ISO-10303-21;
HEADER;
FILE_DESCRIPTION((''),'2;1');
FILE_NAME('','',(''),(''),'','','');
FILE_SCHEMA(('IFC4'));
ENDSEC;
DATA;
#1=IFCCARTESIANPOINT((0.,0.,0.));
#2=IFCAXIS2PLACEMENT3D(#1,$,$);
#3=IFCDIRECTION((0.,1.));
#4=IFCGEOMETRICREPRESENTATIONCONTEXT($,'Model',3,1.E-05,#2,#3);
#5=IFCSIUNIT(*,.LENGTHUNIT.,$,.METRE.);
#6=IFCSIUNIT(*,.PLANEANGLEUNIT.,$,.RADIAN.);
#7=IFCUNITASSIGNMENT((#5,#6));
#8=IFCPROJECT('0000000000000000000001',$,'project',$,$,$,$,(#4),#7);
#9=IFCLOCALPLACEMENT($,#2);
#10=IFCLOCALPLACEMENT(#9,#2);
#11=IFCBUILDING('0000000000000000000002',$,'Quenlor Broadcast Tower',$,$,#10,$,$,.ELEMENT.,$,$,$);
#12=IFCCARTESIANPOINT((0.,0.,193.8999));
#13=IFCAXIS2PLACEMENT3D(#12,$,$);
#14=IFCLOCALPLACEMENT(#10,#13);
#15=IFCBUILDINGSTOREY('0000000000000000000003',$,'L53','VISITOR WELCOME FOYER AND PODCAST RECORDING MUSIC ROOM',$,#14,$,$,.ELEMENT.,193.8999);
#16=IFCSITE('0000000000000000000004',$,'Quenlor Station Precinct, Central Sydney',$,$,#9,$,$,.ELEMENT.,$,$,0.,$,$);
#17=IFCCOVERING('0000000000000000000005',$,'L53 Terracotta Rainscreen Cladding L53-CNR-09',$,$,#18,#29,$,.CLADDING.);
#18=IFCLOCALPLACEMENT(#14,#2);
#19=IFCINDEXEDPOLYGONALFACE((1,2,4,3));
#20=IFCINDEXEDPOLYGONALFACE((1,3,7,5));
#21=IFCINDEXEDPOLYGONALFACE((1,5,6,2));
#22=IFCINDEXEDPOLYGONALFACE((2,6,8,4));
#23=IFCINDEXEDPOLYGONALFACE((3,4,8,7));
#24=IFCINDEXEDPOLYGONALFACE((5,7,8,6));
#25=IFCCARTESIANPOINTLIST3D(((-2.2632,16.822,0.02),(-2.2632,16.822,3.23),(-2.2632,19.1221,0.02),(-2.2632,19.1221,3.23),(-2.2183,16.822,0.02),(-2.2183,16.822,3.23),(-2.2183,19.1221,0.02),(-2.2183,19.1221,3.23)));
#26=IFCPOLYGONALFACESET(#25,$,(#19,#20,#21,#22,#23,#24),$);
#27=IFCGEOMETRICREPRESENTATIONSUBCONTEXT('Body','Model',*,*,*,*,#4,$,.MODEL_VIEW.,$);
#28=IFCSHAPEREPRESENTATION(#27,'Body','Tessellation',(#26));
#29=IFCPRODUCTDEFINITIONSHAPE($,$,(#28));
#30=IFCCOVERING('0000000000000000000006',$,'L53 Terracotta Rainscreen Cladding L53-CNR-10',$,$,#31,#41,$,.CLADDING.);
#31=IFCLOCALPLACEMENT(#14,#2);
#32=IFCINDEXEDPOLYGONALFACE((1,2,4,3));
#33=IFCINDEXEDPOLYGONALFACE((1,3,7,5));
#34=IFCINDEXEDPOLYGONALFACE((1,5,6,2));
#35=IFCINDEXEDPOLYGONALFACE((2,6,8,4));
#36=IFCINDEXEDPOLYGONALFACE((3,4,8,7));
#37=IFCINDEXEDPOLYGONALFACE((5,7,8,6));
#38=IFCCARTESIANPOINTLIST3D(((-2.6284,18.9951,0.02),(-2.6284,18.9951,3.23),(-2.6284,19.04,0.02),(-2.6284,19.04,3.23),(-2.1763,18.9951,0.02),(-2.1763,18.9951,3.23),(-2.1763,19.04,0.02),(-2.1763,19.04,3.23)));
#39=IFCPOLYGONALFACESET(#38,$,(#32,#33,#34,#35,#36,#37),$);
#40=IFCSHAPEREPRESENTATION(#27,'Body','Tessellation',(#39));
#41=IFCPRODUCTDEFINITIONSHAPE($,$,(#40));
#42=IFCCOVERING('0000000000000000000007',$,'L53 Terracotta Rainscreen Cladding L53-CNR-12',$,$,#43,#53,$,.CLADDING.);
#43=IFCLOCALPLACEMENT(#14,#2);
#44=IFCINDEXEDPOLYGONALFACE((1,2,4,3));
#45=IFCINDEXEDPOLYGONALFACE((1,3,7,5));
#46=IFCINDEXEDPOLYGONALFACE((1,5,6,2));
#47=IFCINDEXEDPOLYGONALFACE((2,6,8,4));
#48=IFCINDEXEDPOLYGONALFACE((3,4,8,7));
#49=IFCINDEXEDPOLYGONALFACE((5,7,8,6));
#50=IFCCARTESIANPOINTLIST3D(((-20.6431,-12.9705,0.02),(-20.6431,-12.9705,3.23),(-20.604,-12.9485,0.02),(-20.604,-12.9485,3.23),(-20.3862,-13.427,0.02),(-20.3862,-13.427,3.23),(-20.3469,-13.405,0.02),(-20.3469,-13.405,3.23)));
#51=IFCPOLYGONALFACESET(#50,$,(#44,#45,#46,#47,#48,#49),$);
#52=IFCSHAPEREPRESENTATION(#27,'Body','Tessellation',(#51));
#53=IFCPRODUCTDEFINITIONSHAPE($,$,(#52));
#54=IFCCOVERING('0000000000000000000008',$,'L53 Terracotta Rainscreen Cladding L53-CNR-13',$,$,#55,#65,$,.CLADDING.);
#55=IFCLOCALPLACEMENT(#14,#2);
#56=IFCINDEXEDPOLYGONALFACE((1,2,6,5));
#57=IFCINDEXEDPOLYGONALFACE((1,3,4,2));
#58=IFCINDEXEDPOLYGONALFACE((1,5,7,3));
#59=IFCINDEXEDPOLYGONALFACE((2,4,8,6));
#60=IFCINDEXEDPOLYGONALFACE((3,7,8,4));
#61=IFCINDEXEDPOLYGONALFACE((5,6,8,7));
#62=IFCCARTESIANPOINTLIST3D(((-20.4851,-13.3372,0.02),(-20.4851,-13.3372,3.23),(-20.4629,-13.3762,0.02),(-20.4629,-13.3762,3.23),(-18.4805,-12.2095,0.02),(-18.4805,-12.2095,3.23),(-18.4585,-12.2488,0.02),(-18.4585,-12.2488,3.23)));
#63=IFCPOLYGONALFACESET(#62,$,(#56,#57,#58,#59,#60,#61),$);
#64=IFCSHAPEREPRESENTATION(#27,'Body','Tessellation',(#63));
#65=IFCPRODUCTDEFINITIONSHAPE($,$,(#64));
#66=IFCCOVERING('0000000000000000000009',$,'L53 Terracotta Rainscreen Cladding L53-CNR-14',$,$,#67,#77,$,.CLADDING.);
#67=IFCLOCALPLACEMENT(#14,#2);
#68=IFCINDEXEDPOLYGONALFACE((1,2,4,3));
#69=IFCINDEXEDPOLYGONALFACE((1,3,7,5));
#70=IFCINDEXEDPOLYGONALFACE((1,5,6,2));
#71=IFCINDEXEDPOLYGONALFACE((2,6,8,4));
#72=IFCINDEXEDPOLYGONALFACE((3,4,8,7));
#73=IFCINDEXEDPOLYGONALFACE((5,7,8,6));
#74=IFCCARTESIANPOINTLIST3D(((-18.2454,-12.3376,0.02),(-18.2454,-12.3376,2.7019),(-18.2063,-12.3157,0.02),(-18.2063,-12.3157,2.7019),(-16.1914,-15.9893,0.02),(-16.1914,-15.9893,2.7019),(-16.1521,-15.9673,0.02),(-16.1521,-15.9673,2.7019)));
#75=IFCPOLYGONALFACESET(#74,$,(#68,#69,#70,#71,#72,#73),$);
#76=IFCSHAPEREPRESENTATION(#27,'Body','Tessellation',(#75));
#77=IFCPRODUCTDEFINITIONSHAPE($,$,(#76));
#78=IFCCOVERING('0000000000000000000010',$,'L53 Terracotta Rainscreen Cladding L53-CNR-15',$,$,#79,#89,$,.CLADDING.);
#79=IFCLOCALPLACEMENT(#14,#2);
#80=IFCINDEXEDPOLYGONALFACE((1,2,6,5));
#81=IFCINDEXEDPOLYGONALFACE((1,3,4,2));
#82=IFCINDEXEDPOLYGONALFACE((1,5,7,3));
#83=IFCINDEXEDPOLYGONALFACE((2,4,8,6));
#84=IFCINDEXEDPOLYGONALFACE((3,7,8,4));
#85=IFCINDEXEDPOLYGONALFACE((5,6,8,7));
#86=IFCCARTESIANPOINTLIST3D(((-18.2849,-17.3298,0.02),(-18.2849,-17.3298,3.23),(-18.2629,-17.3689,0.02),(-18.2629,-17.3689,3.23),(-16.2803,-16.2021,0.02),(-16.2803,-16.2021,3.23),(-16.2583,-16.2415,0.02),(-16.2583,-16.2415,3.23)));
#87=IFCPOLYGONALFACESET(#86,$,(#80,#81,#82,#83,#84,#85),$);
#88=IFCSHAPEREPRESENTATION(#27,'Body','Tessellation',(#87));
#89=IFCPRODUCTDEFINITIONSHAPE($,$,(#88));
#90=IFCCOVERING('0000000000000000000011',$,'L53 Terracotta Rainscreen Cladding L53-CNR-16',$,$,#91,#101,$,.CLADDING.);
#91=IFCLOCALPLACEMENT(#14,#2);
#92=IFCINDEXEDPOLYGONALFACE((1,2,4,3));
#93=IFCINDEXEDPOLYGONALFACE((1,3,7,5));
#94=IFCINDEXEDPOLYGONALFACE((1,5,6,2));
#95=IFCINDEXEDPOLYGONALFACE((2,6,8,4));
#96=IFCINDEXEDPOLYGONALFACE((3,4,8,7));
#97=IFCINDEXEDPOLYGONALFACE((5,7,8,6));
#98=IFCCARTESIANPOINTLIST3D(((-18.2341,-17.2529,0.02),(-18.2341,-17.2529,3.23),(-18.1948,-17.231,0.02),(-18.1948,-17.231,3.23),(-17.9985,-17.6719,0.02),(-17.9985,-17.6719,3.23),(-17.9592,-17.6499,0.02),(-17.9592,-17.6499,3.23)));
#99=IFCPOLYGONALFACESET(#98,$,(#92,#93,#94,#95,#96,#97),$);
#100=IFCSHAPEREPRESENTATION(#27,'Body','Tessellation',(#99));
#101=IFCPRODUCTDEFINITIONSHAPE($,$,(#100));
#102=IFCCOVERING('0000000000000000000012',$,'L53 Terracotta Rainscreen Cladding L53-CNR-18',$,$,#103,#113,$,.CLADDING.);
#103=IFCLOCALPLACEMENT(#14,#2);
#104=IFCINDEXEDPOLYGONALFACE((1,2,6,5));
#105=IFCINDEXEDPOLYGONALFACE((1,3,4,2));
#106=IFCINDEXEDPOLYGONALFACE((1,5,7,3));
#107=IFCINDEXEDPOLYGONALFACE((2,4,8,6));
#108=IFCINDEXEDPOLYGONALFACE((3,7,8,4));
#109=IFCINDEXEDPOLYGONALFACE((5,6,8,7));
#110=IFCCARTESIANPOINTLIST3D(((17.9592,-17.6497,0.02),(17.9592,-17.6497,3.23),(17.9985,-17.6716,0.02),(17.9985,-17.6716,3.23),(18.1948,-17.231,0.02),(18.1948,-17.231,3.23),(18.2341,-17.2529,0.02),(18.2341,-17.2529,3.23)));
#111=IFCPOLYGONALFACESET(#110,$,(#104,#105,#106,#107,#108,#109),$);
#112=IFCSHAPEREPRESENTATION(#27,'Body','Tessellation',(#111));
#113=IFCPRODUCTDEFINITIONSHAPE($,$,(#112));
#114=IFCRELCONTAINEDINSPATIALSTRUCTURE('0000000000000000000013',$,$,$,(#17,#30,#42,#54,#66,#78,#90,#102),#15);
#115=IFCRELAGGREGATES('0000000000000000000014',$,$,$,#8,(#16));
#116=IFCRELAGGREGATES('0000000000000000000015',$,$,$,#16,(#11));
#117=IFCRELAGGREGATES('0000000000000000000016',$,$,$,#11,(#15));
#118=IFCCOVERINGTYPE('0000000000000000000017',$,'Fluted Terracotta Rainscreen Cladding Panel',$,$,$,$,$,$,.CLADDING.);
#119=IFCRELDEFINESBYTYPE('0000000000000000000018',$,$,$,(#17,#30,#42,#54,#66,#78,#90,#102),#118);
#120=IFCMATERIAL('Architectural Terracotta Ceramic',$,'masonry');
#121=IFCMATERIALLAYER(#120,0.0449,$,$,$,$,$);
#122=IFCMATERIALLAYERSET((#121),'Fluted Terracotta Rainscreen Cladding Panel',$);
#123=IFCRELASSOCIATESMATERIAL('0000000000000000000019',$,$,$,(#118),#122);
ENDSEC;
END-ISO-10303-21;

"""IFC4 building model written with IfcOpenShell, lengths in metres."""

from ifc_helpers import new_model, si_unit, direction, frame, origin, place, context, subcontext, project, spatial, polyline, outline, extrude, material, layer, layer_set, type_object, element, save


model = new_model("IFC4")

# Units and contexts
model_context = context("Model", 3, precision=1e-05, world=origin(), true_north=direction((0.0, 1.0)))
body_context = subcontext(model_context, "Body", "Model", "MODEL_VIEW")
ifc_project = project(units=[si_unit("LENGTHUNIT", "METRE"), si_unit("PLANEANGLEUNIT", "RADIAN")], contexts=[model_context])

# Site, building, storey
site_placement = place(None, origin())
site = spatial("IfcSite", under=ifc_project, at=site_placement, Name="Quenlor Station Precinct, Central Sydney", CompositionType="ELEMENT", RefElevation=0.0)
building_placement = place(site_placement, origin())
building = spatial("IfcBuilding", under=site, at=building_placement, Name="Quenlor Broadcast Tower", CompositionType="ELEMENT")
storey_placement = place(building_placement, frame((0.0, 0.0, 193.8999)))
storey = spatial("IfcBuildingStorey", under=building, at=storey_placement, Name="L53", Description="VISITOR WELCOME FOYER AND PODCAST RECORDING MUSIC ROOM", CompositionType="ELEMENT", Elevation=193.8999)

# Coverings
ifc_material_1 = material(Name="Architectural Terracotta Ceramic", Category="masonry")
ifc_layer_1 = layer(ifc_material_1, 0.0449)
ifc_layer_set_1 = layer_set([ifc_layer_1], Name="Fluted Terracotta Rainscreen Cladding Panel")
covering_type_1 = type_object("IfcCoveringType", Name="Fluted Terracotta Rainscreen Cladding Panel", PredefinedType="CLADDING", material=ifc_layer_set_1)
covering_1_placement = place(storey_placement, frame((0.0, 0.0, 0.02)))
element("IfcCovering", 1, at=covering_1_placement, inside=storey, type_object=covering_type_1, Name="L53 Terracotta Rainscreen Cladding L53-CNR-09", PredefinedType="CLADDING", context=body_context, shape_type="SweptSolid", body=[
    extrude(outline(polyline([(-2.2183, 16.822), (-2.2183, 19.1221), (-2.2632, 19.1221), (-2.2632, 16.822), (-2.2183, 16.822)])), origin(), (0.0, 0.0, 1.0), 3.21),
])
covering_2_placement = place(storey_placement, frame((0.0, 0.0, 0.02)))
element("IfcCovering", 2, at=covering_2_placement, inside=storey, type_object=covering_type_1, Name="L53 Terracotta Rainscreen Cladding L53-CNR-10", PredefinedType="CLADDING", context=body_context, shape_type="SweptSolid", body=[
    extrude(outline(polyline([(-2.1763, 19.04), (-2.6284, 19.04), (-2.6284, 18.9951), (-2.1763, 18.9951), (-2.1763, 19.04)])), origin(), (0.0, 0.0, 1.0), 3.21),
])
covering_3_placement = place(storey_placement, frame((0.0, 0.0, 0.02)))
element("IfcCovering", 3, at=covering_3_placement, inside=storey, type_object=covering_type_1, Name="L53 Terracotta Rainscreen Cladding L53-CNR-12", PredefinedType="CLADDING", context=body_context, shape_type="SweptSolid", body=[
    extrude(outline(polyline([(-20.6431, -12.9705), (-20.3862, -13.427), (-20.3469, -13.405), (-20.604, -12.9485), (-20.6431, -12.9705)])), origin(), (0.0, 0.0, 1.0), 3.21),
])
covering_4_placement = place(storey_placement, frame((0.0, 0.0, 0.02)))
element("IfcCovering", 4, at=covering_4_placement, inside=storey, type_object=covering_type_1, Name="L53 Terracotta Rainscreen Cladding L53-CNR-13", PredefinedType="CLADDING", context=body_context, shape_type="SweptSolid", body=[
    extrude(outline(polyline([(-20.4629, -13.3762), (-18.4585, -12.2488), (-18.4805, -12.2095), (-20.4851, -13.3372), (-20.4629, -13.3762)])), origin(), (0.0, 0.0, 1.0), 3.21),
])
covering_5_placement = place(storey_placement, frame((0.0, 0.0, 0.02)))
element("IfcCovering", 5, at=covering_5_placement, inside=storey, type_object=covering_type_1, Name="L53 Terracotta Rainscreen Cladding L53-CNR-14", PredefinedType="CLADDING", context=body_context, shape_type="SweptSolid", body=[
    extrude(outline(polyline([(-18.2454, -12.3376), (-16.1914, -15.9893), (-16.1521, -15.9673), (-18.2063, -12.3157), (-18.2454, -12.3376)])), origin(), (0.0, 0.0, 1.0), 2.6819),
])
covering_6_placement = place(storey_placement, frame((0.0, 0.0, 0.02)))
element("IfcCovering", 6, at=covering_6_placement, inside=storey, type_object=covering_type_1, Name="L53 Terracotta Rainscreen Cladding L53-CNR-15", PredefinedType="CLADDING", context=body_context, shape_type="SweptSolid", body=[
    extrude(outline(polyline([(-16.2803, -16.2021), (-18.2849, -17.3298), (-18.2629, -17.3689), (-16.2583, -16.2415), (-16.2803, -16.2021)])), origin(), (0.0, 0.0, 1.0), 3.21),
])
covering_7_placement = place(storey_placement, frame((0.0, 0.0, 0.02)))
element("IfcCovering", 7, at=covering_7_placement, inside=storey, type_object=covering_type_1, Name="L53 Terracotta Rainscreen Cladding L53-CNR-16", PredefinedType="CLADDING", context=body_context, shape_type="SweptSolid", body=[
    extrude(outline(polyline([(-18.2341, -17.2529), (-17.9985, -17.6719), (-17.9592, -17.6499), (-18.1948, -17.231), (-18.2341, -17.2529)])), origin(), (0.0, 0.0, 1.0), 3.21),
])
covering_8_placement = place(storey_placement, frame((0.0, 0.0, 0.02)))
element("IfcCovering", 8, at=covering_8_placement, inside=storey, type_object=covering_type_1, Name="L53 Terracotta Rainscreen Cladding L53-CNR-18", PredefinedType="CLADDING", context=body_context, shape_type="SweptSolid", body=[
    extrude(outline(polyline([(17.9985, -17.6716), (18.2341, -17.2529), (18.1948, -17.231), (17.9592, -17.6497), (17.9985, -17.6716)])), origin(), (0.0, 0.0, 1.0), 3.21),
])

save(model, "model.ifc")
